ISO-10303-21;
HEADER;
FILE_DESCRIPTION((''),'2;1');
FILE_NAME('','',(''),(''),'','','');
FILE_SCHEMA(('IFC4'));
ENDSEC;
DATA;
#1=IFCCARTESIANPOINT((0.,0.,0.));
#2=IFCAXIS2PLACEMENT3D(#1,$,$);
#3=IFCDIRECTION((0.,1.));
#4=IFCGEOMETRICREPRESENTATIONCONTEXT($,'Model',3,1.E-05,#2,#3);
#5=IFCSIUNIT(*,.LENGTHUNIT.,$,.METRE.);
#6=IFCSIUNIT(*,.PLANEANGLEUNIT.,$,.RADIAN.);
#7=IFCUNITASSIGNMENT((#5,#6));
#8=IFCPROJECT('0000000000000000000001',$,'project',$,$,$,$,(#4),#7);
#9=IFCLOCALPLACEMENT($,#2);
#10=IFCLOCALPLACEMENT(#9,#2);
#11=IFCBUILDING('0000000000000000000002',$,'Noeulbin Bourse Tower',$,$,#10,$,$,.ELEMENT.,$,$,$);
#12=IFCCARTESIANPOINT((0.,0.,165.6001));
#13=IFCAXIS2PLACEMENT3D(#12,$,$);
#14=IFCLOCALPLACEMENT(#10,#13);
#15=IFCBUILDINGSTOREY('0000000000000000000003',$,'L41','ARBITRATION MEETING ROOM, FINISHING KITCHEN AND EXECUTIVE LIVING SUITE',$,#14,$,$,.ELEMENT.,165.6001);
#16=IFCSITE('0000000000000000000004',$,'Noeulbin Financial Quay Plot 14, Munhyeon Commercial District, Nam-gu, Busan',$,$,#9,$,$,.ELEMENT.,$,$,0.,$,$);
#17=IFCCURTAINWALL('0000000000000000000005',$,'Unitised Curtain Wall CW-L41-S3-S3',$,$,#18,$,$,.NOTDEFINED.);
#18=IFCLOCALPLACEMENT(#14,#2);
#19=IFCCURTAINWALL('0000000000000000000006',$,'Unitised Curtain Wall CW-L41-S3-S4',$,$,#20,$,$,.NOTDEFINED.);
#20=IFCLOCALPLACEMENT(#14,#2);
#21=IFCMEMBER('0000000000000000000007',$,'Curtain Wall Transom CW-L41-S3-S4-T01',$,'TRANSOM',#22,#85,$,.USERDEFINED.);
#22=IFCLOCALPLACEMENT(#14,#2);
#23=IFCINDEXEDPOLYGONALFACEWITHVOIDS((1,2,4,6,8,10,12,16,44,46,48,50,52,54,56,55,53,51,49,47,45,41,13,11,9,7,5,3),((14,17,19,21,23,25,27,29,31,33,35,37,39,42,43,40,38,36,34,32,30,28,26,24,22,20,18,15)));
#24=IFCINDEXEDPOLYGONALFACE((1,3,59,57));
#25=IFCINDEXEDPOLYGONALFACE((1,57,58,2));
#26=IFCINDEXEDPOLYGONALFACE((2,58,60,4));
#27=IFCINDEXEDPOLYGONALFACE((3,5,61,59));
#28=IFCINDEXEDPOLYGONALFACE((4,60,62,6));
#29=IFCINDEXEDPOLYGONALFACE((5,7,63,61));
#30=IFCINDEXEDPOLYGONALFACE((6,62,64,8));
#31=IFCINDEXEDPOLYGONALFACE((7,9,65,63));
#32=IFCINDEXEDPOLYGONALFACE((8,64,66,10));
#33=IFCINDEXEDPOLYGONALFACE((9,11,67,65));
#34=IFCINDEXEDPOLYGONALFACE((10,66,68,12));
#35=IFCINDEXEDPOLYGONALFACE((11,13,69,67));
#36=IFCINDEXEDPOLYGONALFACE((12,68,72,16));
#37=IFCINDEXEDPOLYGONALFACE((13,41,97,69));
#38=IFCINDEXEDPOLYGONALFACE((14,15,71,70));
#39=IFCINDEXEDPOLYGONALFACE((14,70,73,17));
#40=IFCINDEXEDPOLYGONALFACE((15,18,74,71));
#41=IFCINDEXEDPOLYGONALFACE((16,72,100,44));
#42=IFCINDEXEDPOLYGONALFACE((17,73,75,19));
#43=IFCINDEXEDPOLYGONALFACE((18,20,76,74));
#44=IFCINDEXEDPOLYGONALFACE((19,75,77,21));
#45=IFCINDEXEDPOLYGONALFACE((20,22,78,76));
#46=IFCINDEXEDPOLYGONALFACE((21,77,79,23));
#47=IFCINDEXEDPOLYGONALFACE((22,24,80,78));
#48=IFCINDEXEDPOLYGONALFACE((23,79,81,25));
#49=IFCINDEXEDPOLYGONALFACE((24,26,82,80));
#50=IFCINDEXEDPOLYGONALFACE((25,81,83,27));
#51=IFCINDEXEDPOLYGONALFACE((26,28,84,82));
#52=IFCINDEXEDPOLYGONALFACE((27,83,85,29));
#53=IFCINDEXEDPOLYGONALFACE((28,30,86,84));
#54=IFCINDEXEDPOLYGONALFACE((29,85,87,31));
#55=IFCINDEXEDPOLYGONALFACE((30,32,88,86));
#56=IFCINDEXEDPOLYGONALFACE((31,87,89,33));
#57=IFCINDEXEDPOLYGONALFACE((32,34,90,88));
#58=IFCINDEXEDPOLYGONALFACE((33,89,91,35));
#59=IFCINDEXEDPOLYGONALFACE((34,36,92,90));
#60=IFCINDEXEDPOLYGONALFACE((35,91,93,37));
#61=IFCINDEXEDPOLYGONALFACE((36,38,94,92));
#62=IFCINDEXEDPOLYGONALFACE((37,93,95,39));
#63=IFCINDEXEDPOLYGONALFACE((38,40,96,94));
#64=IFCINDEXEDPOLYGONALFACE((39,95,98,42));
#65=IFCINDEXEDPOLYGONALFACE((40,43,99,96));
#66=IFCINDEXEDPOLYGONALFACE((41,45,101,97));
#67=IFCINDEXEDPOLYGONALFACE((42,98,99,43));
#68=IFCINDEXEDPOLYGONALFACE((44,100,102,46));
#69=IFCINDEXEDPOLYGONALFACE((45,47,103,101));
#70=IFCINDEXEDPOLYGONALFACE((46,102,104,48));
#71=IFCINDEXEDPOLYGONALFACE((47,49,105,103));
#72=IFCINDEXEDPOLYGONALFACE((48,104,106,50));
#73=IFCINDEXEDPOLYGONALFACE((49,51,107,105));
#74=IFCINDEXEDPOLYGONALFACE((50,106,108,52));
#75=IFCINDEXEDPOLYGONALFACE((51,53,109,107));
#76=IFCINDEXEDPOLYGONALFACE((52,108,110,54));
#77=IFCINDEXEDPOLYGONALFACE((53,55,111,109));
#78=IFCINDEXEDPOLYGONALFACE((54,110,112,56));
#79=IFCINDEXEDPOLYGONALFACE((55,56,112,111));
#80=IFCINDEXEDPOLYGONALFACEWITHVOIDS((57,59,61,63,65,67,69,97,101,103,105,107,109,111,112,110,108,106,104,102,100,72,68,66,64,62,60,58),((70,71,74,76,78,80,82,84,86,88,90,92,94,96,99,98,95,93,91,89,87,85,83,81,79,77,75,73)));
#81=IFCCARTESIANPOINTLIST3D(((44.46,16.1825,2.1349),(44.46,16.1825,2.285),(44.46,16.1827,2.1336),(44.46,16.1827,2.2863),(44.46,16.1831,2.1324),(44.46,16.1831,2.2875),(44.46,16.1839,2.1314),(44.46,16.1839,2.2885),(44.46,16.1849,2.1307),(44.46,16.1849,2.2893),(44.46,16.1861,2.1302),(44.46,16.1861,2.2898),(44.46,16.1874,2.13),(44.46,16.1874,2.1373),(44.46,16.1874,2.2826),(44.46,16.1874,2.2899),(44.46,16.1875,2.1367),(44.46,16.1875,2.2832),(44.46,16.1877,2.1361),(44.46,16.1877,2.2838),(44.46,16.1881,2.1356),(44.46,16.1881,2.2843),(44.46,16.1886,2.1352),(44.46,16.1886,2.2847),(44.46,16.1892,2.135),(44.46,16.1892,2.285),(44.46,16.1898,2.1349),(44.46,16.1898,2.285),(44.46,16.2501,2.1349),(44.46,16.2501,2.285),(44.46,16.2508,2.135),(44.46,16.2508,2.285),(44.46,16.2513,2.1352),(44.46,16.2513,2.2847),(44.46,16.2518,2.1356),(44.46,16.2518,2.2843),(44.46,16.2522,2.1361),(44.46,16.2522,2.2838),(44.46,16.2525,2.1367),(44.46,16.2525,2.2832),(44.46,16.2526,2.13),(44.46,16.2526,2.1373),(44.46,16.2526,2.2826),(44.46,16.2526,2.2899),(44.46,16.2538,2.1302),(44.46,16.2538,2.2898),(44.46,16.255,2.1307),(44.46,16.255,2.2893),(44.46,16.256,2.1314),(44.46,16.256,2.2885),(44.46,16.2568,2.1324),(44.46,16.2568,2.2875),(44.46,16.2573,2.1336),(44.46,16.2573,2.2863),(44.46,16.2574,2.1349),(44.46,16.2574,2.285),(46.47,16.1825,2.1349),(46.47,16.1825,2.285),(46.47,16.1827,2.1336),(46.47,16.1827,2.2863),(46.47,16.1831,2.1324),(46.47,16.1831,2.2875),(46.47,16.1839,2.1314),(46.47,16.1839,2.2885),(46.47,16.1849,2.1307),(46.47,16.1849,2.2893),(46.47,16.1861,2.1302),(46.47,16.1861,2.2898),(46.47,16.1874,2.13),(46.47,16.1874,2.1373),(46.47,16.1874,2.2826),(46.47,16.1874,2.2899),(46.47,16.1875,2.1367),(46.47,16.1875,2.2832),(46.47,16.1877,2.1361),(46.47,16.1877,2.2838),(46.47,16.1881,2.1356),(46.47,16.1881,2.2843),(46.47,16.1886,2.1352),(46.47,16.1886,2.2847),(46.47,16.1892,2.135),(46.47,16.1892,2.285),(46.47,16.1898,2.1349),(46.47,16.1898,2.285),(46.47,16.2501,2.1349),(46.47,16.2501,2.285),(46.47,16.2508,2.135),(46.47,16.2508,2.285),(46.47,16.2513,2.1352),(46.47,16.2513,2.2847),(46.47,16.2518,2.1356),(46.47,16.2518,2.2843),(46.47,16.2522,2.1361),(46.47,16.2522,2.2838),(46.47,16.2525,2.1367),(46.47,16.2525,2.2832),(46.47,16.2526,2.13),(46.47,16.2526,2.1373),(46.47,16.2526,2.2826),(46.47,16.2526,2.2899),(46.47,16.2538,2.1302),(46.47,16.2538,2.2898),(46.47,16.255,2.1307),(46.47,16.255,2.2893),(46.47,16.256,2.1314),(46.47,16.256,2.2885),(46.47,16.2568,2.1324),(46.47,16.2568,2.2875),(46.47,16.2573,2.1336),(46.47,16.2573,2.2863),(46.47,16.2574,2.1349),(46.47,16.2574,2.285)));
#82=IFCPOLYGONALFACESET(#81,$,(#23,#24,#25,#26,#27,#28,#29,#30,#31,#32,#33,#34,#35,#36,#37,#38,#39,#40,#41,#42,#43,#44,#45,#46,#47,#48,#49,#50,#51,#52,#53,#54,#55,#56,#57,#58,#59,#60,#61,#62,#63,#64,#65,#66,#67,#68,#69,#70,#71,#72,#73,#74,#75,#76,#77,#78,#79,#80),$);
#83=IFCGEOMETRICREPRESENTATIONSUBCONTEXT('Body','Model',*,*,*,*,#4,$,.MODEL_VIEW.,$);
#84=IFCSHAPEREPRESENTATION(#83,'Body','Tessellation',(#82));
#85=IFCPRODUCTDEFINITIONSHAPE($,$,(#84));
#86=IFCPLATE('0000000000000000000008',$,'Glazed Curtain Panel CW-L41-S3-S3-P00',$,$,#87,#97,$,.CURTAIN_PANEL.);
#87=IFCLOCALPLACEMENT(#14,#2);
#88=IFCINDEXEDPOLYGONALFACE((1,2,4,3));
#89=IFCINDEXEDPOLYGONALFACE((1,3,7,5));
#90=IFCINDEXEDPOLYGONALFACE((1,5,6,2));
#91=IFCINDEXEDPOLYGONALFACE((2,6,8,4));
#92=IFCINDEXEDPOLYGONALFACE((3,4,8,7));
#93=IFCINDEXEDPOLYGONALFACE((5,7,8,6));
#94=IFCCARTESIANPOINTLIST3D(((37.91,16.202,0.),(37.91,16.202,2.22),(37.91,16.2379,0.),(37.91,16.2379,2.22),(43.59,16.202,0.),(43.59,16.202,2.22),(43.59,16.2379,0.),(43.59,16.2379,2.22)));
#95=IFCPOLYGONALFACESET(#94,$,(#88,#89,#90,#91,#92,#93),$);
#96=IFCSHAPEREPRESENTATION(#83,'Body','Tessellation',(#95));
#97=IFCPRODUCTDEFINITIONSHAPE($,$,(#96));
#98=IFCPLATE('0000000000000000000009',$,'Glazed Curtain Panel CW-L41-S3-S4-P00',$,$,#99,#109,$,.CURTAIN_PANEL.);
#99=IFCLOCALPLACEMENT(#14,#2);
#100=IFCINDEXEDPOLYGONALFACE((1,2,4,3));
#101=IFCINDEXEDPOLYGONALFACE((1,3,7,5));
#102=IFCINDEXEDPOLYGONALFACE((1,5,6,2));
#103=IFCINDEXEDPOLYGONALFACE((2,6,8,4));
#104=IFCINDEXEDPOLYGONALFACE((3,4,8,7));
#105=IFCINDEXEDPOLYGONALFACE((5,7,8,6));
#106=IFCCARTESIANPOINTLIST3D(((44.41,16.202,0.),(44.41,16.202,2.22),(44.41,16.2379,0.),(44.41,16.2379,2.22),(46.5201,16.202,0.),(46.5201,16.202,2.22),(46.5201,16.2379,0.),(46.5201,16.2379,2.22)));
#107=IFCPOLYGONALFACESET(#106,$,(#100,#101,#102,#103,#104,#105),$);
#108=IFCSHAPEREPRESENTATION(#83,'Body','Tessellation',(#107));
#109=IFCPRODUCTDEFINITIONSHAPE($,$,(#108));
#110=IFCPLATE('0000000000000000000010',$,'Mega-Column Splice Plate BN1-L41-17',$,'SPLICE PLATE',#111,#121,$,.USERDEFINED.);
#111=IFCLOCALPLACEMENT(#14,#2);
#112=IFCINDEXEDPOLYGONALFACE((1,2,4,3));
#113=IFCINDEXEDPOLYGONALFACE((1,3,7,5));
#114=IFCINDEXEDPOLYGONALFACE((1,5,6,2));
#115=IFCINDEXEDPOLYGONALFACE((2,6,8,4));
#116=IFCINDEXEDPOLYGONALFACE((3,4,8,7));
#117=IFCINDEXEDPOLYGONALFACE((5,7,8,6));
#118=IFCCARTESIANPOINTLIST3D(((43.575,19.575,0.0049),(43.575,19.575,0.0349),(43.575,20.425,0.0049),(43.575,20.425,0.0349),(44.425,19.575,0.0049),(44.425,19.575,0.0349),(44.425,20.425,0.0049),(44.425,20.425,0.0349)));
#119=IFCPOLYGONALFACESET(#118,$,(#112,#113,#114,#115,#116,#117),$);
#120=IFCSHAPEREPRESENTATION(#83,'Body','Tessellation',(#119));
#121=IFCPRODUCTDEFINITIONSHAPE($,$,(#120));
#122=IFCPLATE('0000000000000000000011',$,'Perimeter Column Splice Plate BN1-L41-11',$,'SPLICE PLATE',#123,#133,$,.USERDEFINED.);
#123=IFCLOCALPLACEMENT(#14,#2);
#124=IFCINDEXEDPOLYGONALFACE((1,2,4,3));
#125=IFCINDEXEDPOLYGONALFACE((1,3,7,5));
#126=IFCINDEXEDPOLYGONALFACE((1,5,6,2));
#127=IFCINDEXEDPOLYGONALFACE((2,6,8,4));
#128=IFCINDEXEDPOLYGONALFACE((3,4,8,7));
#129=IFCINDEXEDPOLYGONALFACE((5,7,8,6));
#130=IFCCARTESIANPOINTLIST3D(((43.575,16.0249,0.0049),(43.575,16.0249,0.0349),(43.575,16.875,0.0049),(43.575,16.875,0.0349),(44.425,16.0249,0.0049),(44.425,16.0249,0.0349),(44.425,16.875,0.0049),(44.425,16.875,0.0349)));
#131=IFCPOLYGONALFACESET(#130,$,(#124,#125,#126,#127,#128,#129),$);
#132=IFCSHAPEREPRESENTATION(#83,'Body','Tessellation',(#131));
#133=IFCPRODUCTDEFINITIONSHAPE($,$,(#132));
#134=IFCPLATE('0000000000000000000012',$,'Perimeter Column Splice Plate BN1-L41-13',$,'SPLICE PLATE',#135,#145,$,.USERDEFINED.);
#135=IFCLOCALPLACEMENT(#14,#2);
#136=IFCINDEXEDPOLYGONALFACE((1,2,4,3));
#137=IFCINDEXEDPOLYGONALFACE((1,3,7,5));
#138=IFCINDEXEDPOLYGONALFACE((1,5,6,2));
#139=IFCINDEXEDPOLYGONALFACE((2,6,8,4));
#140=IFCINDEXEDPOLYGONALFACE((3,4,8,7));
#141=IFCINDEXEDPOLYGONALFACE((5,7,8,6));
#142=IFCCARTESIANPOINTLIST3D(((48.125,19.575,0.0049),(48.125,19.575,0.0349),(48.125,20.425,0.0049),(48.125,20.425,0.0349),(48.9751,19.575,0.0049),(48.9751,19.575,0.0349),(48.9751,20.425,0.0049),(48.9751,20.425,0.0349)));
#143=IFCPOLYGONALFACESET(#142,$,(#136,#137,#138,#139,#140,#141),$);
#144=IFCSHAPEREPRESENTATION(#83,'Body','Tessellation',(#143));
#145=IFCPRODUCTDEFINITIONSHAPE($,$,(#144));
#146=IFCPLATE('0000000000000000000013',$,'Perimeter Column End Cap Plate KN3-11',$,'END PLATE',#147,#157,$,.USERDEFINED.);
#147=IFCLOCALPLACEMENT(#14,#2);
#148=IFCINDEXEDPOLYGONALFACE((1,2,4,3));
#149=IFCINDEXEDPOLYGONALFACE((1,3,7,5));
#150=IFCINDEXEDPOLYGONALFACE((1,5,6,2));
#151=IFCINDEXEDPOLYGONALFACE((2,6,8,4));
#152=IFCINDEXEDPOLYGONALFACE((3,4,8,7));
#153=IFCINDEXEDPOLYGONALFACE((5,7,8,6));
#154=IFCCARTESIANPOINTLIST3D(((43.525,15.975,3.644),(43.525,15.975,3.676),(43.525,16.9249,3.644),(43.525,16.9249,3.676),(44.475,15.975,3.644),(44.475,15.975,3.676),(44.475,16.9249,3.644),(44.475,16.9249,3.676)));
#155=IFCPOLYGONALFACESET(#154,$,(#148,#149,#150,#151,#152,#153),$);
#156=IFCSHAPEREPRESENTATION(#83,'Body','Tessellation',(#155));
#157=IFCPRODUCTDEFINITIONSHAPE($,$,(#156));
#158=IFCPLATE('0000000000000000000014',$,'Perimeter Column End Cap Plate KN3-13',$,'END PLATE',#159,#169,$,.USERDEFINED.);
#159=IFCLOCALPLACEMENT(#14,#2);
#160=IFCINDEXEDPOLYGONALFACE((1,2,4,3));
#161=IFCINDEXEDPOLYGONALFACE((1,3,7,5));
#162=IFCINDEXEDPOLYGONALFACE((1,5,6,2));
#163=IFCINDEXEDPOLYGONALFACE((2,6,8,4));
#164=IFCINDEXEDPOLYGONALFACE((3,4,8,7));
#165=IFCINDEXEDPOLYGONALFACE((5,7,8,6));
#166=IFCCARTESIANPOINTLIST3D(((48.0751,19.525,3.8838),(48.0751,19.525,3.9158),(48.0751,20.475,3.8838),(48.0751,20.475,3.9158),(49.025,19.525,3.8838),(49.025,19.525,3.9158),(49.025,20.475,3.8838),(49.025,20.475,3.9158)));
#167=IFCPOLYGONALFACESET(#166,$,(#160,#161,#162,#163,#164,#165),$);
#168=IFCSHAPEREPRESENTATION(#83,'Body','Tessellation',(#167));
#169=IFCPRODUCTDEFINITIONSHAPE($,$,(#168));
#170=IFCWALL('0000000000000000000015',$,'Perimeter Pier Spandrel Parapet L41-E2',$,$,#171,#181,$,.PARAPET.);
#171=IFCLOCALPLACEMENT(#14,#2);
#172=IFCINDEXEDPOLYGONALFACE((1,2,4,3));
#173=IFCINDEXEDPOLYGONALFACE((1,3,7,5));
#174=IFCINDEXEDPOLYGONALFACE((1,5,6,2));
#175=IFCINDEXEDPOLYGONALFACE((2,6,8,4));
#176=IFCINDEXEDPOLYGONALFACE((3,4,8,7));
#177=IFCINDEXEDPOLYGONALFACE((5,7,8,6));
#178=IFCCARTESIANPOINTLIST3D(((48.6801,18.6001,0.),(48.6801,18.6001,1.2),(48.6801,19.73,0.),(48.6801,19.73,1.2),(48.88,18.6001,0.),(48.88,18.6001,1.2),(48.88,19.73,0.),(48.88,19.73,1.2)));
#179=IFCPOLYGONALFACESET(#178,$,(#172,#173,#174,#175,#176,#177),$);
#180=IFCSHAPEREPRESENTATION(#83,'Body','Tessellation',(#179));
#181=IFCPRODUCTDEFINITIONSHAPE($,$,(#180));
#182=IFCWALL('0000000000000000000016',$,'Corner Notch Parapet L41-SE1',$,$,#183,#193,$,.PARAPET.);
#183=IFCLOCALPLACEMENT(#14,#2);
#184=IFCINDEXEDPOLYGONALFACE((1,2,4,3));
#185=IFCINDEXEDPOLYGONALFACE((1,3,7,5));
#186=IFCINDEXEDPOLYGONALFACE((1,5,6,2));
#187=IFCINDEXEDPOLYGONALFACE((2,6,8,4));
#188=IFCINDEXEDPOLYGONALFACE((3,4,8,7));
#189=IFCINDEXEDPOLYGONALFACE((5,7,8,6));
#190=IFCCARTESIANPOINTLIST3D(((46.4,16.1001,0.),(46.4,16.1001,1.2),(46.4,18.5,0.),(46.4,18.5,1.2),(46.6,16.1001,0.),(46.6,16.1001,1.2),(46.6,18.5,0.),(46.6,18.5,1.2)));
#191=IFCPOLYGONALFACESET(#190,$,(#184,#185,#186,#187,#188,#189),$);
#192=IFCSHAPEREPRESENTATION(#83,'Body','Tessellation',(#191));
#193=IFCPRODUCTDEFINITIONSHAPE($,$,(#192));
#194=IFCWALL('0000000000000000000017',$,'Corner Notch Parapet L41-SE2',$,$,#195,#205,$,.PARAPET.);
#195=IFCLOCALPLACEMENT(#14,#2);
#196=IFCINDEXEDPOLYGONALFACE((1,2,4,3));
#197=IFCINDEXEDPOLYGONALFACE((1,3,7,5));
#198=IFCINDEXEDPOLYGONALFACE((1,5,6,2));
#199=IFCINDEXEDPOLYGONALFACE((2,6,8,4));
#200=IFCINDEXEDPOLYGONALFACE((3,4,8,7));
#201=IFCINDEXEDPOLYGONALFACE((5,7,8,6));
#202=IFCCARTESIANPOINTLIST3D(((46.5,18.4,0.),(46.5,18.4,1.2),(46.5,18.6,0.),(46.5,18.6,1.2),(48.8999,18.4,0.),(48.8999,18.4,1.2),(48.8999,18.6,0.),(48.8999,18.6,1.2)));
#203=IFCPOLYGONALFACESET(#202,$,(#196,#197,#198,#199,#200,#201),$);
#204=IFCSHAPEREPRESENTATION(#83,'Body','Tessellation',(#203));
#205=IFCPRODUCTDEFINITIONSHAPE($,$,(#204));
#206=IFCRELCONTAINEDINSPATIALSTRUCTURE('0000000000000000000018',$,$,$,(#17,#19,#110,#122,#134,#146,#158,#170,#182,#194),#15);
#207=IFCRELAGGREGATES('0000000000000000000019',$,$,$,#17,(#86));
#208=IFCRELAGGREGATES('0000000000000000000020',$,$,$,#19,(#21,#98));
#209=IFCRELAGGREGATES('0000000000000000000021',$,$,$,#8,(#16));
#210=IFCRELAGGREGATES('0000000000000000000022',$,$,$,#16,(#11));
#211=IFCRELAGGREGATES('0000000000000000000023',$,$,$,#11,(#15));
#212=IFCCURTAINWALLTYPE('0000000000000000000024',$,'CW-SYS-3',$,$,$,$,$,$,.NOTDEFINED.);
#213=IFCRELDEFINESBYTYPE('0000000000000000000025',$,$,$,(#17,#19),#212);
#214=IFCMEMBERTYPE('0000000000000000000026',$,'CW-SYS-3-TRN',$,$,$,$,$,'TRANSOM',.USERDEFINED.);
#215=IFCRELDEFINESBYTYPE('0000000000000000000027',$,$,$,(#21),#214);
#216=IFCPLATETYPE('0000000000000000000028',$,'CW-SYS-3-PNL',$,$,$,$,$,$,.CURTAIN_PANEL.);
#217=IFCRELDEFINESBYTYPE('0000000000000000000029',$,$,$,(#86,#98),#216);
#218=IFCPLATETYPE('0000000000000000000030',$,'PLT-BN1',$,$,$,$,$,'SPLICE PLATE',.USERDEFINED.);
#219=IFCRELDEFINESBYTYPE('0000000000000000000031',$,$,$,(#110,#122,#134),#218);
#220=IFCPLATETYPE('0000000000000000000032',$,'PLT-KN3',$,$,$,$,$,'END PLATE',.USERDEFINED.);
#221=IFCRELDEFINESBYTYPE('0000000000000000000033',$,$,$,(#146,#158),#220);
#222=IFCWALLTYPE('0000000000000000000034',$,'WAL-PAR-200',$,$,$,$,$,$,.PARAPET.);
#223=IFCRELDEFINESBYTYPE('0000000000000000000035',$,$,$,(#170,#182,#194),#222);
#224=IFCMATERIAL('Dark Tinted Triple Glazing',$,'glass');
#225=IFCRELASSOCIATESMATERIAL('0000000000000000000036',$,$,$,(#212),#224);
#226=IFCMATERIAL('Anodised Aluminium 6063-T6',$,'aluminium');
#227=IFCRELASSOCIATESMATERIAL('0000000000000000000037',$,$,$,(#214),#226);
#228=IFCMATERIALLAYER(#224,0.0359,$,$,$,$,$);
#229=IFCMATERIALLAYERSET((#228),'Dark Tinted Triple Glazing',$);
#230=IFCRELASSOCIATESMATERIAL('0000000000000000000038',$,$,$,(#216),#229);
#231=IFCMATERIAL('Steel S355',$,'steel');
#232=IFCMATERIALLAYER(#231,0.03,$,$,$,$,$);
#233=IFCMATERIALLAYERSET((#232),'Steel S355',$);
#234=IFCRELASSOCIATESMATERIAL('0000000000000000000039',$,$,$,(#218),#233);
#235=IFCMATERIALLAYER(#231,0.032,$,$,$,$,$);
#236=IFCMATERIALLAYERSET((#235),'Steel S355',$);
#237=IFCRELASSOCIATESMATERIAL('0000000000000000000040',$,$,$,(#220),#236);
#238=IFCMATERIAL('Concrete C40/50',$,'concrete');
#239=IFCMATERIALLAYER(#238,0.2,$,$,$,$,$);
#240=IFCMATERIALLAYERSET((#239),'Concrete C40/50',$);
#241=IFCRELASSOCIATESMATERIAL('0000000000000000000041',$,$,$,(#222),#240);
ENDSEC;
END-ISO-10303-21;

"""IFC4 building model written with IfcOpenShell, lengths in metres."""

from ifc_helpers import new_model, si_unit, direction, frame, frame_2d, origin, origin_2d, place, context, subcontext, project, spatial, rectangle, hollow_rectangle, extrude, material, layer, layer_set, material_profile, profile_set, type_object, element, aggregate, save


model = new_model("IFC4")

# Units and contexts
model_context = context("Model", 3, precision=1e-05, world=origin(), true_north=direction((0.0, 1.0)))
body_context = subcontext(model_context, "Body", "Model", "MODEL_VIEW")
ifc_project = project(units=[si_unit("LENGTHUNIT", "METRE"), si_unit("PLANEANGLEUNIT", "RADIAN")], contexts=[model_context])

# Site, building, storey
site_placement = place(None, origin())
site = spatial("IfcSite", under=ifc_project, at=site_placement, Name="Noeulbin Financial Quay Plot 14, Munhyeon Commercial District, Nam-gu, Busan", CompositionType="ELEMENT", RefElevation=0.0)
building_placement = place(site_placement, origin())
building = spatial("IfcBuilding", under=site, at=building_placement, Name="Noeulbin Bourse Tower", CompositionType="ELEMENT")
storey_placement = place(building_placement, frame((0.0, 0.0, 165.6001)))
storey = spatial("IfcBuildingStorey", under=building, at=storey_placement, Name="L41", Description="ARBITRATION MEETING ROOM, FINISHING KITCHEN AND EXECUTIVE LIVING SUITE", CompositionType="ELEMENT", Elevation=165.6001)

# Shared definitions
ifc_material_1 = material(Name="Steel S355", Category="steel")

# Curtain wall
ifc_material_2 = material(Name="Dark Tinted Triple Glazing", Category="glass")
curtain_wall_type = type_object("IfcCurtainWallType", Name="CW-SYS-3", PredefinedType="NOTDEFINED", material=ifc_material_2)
curtain_wall_1_placement = place(storey_placement, origin())
curtain_wall_1 = element("IfcCurtainWall", 1, at=curtain_wall_1_placement, inside=storey, type_object=curtain_wall_type, Name="Unitised Curtain Wall CW-L41-S3-S3", PredefinedType="NOTDEFINED")
ifc_material_3 = material(Name="Anodised Aluminium 6063-T6", Category="aluminium")

# Curtain wall, member
curtain_wall_2_placement = place(storey_placement, origin())
curtain_wall_2 = element("IfcCurtainWall", 2, at=curtain_wall_2_placement, inside=storey, type_object=curtain_wall_type, Name="Unitised Curtain Wall CW-L41-S3-S4", PredefinedType="NOTDEFINED")
ifc_material_profile_1 = material_profile(ifc_material_3, hollow_rectangle(XDim=0.075, YDim=0.1599, WallThickness=0.0049, InnerFilletRadius=0.0024, OuterFilletRadius=0.0049, at=origin_2d()), Name="ALU-TRAN-75x160x5", Category="LoadBearing")
ifc_profile_set_1 = profile_set([ifc_material_profile_1], Name="Anodised Aluminium 6063-T6")
member_type_1 = type_object("IfcMemberType", Name="CW-SYS-3-TRN", ElementType="TRANSOM", PredefinedType="USERDEFINED", material=ifc_profile_set_1)
member_1_placement = place(storey_placement, frame((44.46, 16.22, 2.21), z_axis=(1.0, 0.0, 0.0), x_axis=(0.0, 1.0, 0.0)))
member_1 = element("IfcMember", 3, at=member_1_placement, type_object=member_type_1, Name="Curtain Wall Transom CW-L41-S3-S4-T01", ObjectType="TRANSOM", PredefinedType="USERDEFINED", context=body_context, shape_type="SweptSolid", body=[
    extrude(hollow_rectangle(XDim=0.075, YDim=0.1599, WallThickness=0.0049, InnerFilletRadius=0.0024, OuterFilletRadius=0.0049, at=origin_2d()), origin(), (0.0, 0.0, 1.0), 2.01),
])

# Plates
ifc_layer_1 = layer(ifc_material_2, 0.0359)
ifc_layer_set_1 = layer_set([ifc_layer_1], Name="Dark Tinted Triple Glazing")
plate_type_1 = type_object("IfcPlateType", Name="CW-SYS-3-PNL", PredefinedType="CURTAIN_PANEL", material=ifc_layer_set_1)
plate_1_placement = place(storey_placement, frame((40.75, 16.22, 0.0), z_axis=(0.0, 0.0, 1.0), x_axis=(1.0, 0.0, 0.0)))
plate_1 = element("IfcPlate", 4, at=plate_1_placement, type_object=plate_type_1, Name="Glazed Curtain Panel CW-L41-S3-S3-P00", PredefinedType="CURTAIN_PANEL", context=body_context, shape_type="SweptSolid", body=[
    extrude(rectangle(XDim=5.6799, YDim=0.0359, at=origin_2d()), origin(), (0.0, 0.0, 1.0), 2.22),
])
aggregate(curtain_wall_1, [plate_1])
plate_2_placement = place(storey_placement, frame((45.4651, 16.22, 0.0), z_axis=(0.0, 0.0, 1.0), x_axis=(1.0, 0.0, 0.0)))
plate_2 = element("IfcPlate", 5, at=plate_2_placement, type_object=plate_type_1, Name="Glazed Curtain Panel CW-L41-S3-S4-P00", PredefinedType="CURTAIN_PANEL", context=body_context, shape_type="SweptSolid", body=[
    extrude(rectangle(XDim=2.1101, YDim=0.0359, at=origin_2d()), origin(), (0.0, 0.0, 1.0), 2.22),
])
aggregate(curtain_wall_2, [member_1, plate_2])

# Plates
ifc_layer_2 = layer(ifc_material_1, 0.03)
ifc_layer_set_2 = layer_set([ifc_layer_2], Name="Steel S355")
plate_type_2 = type_object("IfcPlateType", Name="PLT-BN1", ElementType="SPLICE PLATE", PredefinedType="USERDEFINED", material=ifc_layer_set_2)
for number, where, z_axis, x_axis, name in (
    (6, (44.0, 20.0, 0.0049), (0.0, 0.0, 1.0), (1.0, 0.0, 0.0), "Mega-Column Splice Plate BN1-L41-17"),
    (7, (44.0, 16.45, 0.0049), (0.0, 0.0, 1.0), (1.0, 0.0, 0.0), "Perimeter Column Splice Plate BN1-L41-11"),
    (8, (48.55, 20.0, 0.0049), (0.0, 0.0, 1.0), (1.0, 0.0, 0.0), "Perimeter Column Splice Plate BN1-L41-13"),
):
    element("IfcPlate", number, at=place(storey_placement, frame(where, z_axis=z_axis, x_axis=x_axis)), inside=storey, type_object=plate_type_2, Name=name, ObjectType="SPLICE PLATE", PredefinedType="USERDEFINED", context=body_context, shape_type="SweptSolid", body=[
        extrude(rectangle(XDim=0.8501, YDim=0.8501, at=origin_2d()), origin(), (0.0, 0.0, 1.0), 0.03),
    ])
ifc_layer_3 = layer(ifc_material_1, 0.032)
ifc_layer_set_3 = layer_set([ifc_layer_3], Name="Steel S355")
plate_type_3 = type_object("IfcPlateType", Name="PLT-KN3", ElementType="END PLATE", PredefinedType="USERDEFINED", material=ifc_layer_set_3)
for number, where, z_axis, x_axis, name in (
    (9, (44.0, 16.45, 3.644), (0.0, 0.0, 1.0), (1.0, 0.0, 0.0), "Perimeter Column End Cap Plate KN3-11"),
    (10, (48.55, 20.0, 3.8838), (0.0, 0.0, 1.0), (1.0, 0.0, 0.0), "Perimeter Column End Cap Plate KN3-13"),
):
    element("IfcPlate", number, at=place(storey_placement, frame(where, z_axis=z_axis, x_axis=x_axis)), inside=storey, type_object=plate_type_3, Name=name, ObjectType="END PLATE", PredefinedType="USERDEFINED", context=body_context, shape_type="SweptSolid", body=[
        extrude(rectangle(XDim=0.95, YDim=0.95, at=origin_2d()), origin(), (0.0, 0.0, 1.0), 0.032),
    ])

# Walls
ifc_material_4 = material(Name="Concrete C40/50", Category="concrete")
ifc_layer_4 = layer(ifc_material_4, 0.2)
ifc_layer_set_4 = layer_set([ifc_layer_4], Name="Concrete C40/50")
wall_type_1 = type_object("IfcWallType", Name="WAL-PAR-200", PredefinedType="PARAPET", material=ifc_layer_set_4)
wall_1_placement = place(storey_placement, frame((48.78, 18.6001, 0.0), z_axis=(0.0, 0.0, 1.0), x_axis=(0.0, 1.0, 0.0)))
element("IfcWall", 11, at=wall_1_placement, inside=storey, type_object=wall_type_1, Name="Perimeter Pier Spandrel Parapet L41-E2", PredefinedType="PARAPET", context=body_context, shape_type="SweptSolid", body=[
    extrude(rectangle(XDim=1.1299, YDim=0.2, at=frame_2d((0.5649, 0.0))), origin(), (0.0, 0.0, 1.0), 1.2),
])
for number, where, z_axis, x_axis, name in (
    (12, (46.5, 16.1001, 0.0), (0.0, 0.0, 1.0), (0.0, 1.0, 0.0), "Corner Notch Parapet L41-SE1"),
    (13, (46.5, 18.5, 0.0), (0.0, 0.0, 1.0), (1.0, 0.0, 0.0), "Corner Notch Parapet L41-SE2"),
):
    element("IfcWall", number, at=place(storey_placement, frame(where, z_axis=z_axis, x_axis=x_axis)), inside=storey, type_object=wall_type_1, Name=name, PredefinedType="PARAPET", context=body_context, shape_type="SweptSolid", body=[
        extrude(rectangle(XDim=2.3999, YDim=0.2, at=frame_2d((1.2, 0.0))), origin(), (0.0, 0.0, 1.0), 1.2),
    ])

save(model, "model.ifc")
